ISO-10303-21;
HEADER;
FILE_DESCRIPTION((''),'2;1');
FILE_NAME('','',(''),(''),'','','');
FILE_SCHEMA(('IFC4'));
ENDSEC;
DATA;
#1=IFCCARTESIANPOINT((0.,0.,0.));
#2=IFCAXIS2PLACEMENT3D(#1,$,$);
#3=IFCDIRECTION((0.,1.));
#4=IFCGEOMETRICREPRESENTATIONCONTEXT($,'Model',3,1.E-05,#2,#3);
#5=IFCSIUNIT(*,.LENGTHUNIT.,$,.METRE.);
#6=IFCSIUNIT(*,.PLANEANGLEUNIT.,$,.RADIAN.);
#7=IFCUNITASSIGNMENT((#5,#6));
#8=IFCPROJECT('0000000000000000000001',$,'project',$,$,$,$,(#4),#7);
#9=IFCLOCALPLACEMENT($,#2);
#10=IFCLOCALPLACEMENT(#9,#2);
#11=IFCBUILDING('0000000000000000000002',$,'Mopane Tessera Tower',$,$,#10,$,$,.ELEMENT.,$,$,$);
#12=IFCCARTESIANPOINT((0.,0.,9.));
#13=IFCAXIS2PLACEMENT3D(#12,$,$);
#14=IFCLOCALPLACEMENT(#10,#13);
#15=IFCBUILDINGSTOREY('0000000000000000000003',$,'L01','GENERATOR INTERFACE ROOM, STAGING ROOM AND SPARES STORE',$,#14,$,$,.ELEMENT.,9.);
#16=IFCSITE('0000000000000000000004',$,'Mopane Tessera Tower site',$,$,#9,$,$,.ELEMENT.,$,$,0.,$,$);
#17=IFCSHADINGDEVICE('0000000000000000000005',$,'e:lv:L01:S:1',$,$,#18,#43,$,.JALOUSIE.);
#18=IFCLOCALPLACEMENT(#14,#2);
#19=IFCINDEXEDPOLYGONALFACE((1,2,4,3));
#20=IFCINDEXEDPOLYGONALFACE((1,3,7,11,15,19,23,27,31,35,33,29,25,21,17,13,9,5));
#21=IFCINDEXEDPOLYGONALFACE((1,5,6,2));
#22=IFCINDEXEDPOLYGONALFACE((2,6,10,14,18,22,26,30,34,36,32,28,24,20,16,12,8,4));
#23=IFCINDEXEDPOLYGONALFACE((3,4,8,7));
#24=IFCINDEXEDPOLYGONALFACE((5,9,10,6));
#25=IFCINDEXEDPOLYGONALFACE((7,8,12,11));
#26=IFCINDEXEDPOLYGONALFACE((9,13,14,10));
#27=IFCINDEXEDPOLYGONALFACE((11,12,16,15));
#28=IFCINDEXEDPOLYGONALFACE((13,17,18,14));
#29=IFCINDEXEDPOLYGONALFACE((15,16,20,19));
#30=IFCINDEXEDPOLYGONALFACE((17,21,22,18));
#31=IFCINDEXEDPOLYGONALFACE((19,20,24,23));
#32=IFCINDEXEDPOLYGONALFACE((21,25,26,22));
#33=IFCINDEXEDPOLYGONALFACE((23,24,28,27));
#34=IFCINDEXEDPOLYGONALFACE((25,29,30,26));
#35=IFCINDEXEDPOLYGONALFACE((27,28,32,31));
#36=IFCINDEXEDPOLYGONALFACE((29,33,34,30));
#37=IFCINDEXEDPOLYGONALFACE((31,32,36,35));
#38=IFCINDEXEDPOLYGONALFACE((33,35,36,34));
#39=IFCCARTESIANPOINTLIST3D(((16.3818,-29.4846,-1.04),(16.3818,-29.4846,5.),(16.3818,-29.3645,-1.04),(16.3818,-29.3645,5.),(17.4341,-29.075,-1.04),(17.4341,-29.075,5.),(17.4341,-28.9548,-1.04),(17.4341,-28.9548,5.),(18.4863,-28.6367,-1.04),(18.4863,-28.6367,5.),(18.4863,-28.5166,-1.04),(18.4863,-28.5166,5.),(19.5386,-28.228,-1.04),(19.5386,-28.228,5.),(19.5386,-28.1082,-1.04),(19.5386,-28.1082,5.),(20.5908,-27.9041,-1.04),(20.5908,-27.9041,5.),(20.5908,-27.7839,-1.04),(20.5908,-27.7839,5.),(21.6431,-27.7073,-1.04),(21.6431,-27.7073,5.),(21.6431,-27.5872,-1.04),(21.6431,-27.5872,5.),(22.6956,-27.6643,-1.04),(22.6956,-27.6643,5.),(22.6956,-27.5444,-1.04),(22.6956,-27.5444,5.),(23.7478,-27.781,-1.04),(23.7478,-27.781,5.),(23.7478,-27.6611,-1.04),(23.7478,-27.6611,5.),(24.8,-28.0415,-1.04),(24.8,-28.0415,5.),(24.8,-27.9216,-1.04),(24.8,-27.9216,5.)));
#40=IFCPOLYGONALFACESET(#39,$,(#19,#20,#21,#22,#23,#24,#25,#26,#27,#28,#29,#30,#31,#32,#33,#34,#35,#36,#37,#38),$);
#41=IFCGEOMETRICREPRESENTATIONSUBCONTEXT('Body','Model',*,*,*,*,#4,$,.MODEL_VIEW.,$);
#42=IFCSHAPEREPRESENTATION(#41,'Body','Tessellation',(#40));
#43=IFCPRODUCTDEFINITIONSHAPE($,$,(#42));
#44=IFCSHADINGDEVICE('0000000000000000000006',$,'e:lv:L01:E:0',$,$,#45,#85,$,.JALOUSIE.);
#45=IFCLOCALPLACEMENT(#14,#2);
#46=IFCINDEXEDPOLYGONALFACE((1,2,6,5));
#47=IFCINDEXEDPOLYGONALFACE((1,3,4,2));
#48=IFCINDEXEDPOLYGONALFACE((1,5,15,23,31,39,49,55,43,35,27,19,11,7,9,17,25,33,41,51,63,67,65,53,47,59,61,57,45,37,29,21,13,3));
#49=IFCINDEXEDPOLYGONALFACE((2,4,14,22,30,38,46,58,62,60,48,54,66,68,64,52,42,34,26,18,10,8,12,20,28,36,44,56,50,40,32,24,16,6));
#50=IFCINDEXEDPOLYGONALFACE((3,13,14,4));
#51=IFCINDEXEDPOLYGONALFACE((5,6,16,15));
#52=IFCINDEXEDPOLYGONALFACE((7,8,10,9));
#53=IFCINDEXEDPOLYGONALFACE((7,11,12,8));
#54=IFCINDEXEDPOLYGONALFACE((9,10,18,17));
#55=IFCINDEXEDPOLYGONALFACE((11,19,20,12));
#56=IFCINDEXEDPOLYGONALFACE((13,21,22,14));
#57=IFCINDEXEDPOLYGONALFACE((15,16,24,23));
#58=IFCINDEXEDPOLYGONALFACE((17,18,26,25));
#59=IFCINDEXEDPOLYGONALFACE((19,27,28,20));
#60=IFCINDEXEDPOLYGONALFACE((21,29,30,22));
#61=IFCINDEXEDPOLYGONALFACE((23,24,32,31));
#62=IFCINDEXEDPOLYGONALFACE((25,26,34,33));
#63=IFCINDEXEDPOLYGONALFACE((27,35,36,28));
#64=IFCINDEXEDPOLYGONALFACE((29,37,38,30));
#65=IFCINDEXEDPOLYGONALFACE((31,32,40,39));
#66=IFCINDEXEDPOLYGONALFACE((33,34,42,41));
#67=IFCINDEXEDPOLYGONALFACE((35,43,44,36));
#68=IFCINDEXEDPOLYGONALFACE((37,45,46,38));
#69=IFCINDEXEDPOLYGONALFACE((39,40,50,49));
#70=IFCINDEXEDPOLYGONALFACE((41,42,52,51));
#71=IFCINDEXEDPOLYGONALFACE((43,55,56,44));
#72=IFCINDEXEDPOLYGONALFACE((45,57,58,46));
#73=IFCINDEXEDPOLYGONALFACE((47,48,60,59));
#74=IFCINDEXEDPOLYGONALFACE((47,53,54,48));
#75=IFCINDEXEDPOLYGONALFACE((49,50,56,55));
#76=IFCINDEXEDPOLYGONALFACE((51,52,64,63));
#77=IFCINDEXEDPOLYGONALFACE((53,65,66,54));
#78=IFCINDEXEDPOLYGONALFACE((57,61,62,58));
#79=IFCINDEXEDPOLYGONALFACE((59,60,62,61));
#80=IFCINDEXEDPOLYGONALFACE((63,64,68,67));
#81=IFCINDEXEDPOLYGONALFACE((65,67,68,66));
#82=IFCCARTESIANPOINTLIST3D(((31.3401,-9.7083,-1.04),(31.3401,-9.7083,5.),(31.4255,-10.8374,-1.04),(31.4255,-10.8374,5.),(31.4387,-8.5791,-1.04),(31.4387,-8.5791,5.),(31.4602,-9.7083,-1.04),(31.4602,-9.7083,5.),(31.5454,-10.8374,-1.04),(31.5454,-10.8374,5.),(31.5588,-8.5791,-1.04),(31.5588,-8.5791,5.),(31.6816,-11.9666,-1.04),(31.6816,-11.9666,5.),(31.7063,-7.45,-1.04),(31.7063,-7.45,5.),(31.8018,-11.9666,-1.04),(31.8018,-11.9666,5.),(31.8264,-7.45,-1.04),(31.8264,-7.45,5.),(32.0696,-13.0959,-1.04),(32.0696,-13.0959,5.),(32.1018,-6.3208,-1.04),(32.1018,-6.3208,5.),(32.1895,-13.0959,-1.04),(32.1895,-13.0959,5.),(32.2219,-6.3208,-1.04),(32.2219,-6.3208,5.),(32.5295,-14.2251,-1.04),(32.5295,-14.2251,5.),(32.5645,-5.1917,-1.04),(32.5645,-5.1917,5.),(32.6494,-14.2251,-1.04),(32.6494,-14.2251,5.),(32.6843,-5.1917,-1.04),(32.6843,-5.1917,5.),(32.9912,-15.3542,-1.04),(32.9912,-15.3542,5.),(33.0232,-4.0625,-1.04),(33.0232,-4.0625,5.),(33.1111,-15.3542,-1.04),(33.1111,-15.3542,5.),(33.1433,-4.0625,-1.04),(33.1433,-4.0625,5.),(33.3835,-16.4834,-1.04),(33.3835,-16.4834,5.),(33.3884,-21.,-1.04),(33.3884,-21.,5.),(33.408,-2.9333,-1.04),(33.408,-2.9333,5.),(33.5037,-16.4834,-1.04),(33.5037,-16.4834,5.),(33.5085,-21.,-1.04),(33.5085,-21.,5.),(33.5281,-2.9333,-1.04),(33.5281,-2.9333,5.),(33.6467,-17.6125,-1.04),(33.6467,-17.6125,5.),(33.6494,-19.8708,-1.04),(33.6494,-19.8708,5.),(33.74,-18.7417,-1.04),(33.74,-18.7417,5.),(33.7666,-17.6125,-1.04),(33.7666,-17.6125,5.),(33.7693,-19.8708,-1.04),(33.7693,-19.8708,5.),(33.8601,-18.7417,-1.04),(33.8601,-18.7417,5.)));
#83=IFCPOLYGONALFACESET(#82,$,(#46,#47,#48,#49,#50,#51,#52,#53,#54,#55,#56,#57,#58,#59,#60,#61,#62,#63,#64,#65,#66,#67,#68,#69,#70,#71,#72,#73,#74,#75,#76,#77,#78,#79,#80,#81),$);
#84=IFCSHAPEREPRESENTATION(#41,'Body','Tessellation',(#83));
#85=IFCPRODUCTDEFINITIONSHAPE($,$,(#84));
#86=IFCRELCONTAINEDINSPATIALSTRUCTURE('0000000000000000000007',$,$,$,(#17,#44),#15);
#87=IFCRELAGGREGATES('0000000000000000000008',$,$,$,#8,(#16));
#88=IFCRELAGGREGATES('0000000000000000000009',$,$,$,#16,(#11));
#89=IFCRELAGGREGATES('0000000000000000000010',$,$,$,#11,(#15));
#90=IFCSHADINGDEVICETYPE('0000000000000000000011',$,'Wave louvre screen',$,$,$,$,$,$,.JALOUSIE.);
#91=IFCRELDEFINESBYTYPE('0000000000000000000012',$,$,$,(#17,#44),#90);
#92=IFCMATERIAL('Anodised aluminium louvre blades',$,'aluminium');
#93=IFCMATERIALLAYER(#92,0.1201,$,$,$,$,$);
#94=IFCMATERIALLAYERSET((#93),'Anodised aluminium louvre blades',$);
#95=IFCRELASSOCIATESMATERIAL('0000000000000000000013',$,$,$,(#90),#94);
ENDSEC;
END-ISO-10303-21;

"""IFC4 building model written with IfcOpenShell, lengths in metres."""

from ifc_helpers import new_model, si_unit, direction, frame, origin, place, context, subcontext, project, spatial, polyline, outline, extrude, material, layer, layer_set, type_object, element, save


model = new_model("IFC4")

# Units and contexts
model_context = context("Model", 3, precision=1e-05, world=origin(), true_north=direction((0.0, 1.0)))
body_context = subcontext(model_context, "Body", "Model", "MODEL_VIEW")
ifc_project = project(units=[si_unit("LENGTHUNIT", "METRE"), si_unit("PLANEANGLEUNIT", "RADIAN")], contexts=[model_context])

# Site, building, storey
site_placement = place(None, origin())
site = spatial("IfcSite", under=ifc_project, at=site_placement, Name="Mopane Tessera Tower site", CompositionType="ELEMENT", RefElevation=0.0)
building_placement = place(site_placement, origin())
building = spatial("IfcBuilding", under=site, at=building_placement, Name="Mopane Tessera Tower", CompositionType="ELEMENT")
storey_placement = place(building_placement, frame((0.0, 0.0, 9.0)))
storey = spatial("IfcBuildingStorey", under=building, at=storey_placement, Name="L01", Description="GENERATOR INTERFACE ROOM, STAGING ROOM AND SPARES STORE", CompositionType="ELEMENT", Elevation=9.0)

# Shading devices
ifc_material_1 = material(Name="Anodised aluminium louvre blades", Category="aluminium")
ifc_layer_1 = layer(ifc_material_1, 0.1201)
ifc_layer_set_1 = layer_set([ifc_layer_1], Name="Anodised aluminium louvre blades")
shading_device_type = type_object("IfcShadingDeviceType", Name="Wave louvre screen", PredefinedType="JALOUSIE", material=ifc_layer_set_1)
shading_device_1_placement = place(storey_placement, frame((0.0, 0.0, -1.04)))
element("IfcShadingDevice", 1, at=shading_device_1_placement, inside=storey, type_object=shading_device_type, Name="e:lv:L01:S:1", PredefinedType="JALOUSIE", context=body_context, shape_type="SweptSolid", body=[
    extrude(outline(polyline([(16.3818, -29.3645), (17.4341, -28.9548), (18.4863, -28.5166), (19.5386, -28.1082), (20.5908, -27.7839), (21.6431, -27.5872), (22.6956, -27.5444), (23.7478, -27.6611), (24.8, -27.9216), (24.8, -28.0415), (23.7478, -27.781), (22.6956, -27.6643), (21.6431, -27.7073), (20.5908, -27.9041), (19.5386, -28.228), (18.4863, -28.6367), (17.4341, -29.075), (16.3818, -29.4846), (16.3818, -29.3645)])), origin(), (0.0, 0.0, 1.0), 6.04),
])
shading_device_2_placement = place(storey_placement, frame((0.0, 0.0, -1.04)))
element("IfcShadingDevice", 2, at=shading_device_2_placement, inside=storey, type_object=shading_device_type, Name="e:lv:L01:E:0", PredefinedType="JALOUSIE", context=body_context, shape_type="SweptSolid", body=[
    extrude(outline(polyline([(33.3884, -21.0), (33.6494, -19.8708), (33.74, -18.7417), (33.6467, -17.6125), (33.3835, -16.4834), (32.9912, -15.3542), (32.5295, -14.2251), (32.0696, -13.0959), (31.6816, -11.9666), (31.4255, -10.8374), (31.3401, -9.7083), (31.4387, -8.5791), (31.7063, -7.45), (32.1018, -6.3208), (32.5645, -5.1917), (33.0232, -4.0625), (33.408, -2.9333), (33.5281, -2.9333), (33.1433, -4.0625), (32.6843, -5.1917), (32.2219, -6.3208), (31.8264, -7.45), (31.5588, -8.5791), (31.4602, -9.7083), (31.5454, -10.8374), (31.8018, -11.9666), (32.1895, -13.0959), (32.6494, -14.2251), (33.1111, -15.3542), (33.5037, -16.4834), (33.7666, -17.6125), (33.8601, -18.7417), (33.7693, -19.8708), (33.5085, -21.0), (33.3884, -21.0)])), origin(), (0.0, 0.0, 1.0), 6.04),
])

save(model, "model.ifc")
